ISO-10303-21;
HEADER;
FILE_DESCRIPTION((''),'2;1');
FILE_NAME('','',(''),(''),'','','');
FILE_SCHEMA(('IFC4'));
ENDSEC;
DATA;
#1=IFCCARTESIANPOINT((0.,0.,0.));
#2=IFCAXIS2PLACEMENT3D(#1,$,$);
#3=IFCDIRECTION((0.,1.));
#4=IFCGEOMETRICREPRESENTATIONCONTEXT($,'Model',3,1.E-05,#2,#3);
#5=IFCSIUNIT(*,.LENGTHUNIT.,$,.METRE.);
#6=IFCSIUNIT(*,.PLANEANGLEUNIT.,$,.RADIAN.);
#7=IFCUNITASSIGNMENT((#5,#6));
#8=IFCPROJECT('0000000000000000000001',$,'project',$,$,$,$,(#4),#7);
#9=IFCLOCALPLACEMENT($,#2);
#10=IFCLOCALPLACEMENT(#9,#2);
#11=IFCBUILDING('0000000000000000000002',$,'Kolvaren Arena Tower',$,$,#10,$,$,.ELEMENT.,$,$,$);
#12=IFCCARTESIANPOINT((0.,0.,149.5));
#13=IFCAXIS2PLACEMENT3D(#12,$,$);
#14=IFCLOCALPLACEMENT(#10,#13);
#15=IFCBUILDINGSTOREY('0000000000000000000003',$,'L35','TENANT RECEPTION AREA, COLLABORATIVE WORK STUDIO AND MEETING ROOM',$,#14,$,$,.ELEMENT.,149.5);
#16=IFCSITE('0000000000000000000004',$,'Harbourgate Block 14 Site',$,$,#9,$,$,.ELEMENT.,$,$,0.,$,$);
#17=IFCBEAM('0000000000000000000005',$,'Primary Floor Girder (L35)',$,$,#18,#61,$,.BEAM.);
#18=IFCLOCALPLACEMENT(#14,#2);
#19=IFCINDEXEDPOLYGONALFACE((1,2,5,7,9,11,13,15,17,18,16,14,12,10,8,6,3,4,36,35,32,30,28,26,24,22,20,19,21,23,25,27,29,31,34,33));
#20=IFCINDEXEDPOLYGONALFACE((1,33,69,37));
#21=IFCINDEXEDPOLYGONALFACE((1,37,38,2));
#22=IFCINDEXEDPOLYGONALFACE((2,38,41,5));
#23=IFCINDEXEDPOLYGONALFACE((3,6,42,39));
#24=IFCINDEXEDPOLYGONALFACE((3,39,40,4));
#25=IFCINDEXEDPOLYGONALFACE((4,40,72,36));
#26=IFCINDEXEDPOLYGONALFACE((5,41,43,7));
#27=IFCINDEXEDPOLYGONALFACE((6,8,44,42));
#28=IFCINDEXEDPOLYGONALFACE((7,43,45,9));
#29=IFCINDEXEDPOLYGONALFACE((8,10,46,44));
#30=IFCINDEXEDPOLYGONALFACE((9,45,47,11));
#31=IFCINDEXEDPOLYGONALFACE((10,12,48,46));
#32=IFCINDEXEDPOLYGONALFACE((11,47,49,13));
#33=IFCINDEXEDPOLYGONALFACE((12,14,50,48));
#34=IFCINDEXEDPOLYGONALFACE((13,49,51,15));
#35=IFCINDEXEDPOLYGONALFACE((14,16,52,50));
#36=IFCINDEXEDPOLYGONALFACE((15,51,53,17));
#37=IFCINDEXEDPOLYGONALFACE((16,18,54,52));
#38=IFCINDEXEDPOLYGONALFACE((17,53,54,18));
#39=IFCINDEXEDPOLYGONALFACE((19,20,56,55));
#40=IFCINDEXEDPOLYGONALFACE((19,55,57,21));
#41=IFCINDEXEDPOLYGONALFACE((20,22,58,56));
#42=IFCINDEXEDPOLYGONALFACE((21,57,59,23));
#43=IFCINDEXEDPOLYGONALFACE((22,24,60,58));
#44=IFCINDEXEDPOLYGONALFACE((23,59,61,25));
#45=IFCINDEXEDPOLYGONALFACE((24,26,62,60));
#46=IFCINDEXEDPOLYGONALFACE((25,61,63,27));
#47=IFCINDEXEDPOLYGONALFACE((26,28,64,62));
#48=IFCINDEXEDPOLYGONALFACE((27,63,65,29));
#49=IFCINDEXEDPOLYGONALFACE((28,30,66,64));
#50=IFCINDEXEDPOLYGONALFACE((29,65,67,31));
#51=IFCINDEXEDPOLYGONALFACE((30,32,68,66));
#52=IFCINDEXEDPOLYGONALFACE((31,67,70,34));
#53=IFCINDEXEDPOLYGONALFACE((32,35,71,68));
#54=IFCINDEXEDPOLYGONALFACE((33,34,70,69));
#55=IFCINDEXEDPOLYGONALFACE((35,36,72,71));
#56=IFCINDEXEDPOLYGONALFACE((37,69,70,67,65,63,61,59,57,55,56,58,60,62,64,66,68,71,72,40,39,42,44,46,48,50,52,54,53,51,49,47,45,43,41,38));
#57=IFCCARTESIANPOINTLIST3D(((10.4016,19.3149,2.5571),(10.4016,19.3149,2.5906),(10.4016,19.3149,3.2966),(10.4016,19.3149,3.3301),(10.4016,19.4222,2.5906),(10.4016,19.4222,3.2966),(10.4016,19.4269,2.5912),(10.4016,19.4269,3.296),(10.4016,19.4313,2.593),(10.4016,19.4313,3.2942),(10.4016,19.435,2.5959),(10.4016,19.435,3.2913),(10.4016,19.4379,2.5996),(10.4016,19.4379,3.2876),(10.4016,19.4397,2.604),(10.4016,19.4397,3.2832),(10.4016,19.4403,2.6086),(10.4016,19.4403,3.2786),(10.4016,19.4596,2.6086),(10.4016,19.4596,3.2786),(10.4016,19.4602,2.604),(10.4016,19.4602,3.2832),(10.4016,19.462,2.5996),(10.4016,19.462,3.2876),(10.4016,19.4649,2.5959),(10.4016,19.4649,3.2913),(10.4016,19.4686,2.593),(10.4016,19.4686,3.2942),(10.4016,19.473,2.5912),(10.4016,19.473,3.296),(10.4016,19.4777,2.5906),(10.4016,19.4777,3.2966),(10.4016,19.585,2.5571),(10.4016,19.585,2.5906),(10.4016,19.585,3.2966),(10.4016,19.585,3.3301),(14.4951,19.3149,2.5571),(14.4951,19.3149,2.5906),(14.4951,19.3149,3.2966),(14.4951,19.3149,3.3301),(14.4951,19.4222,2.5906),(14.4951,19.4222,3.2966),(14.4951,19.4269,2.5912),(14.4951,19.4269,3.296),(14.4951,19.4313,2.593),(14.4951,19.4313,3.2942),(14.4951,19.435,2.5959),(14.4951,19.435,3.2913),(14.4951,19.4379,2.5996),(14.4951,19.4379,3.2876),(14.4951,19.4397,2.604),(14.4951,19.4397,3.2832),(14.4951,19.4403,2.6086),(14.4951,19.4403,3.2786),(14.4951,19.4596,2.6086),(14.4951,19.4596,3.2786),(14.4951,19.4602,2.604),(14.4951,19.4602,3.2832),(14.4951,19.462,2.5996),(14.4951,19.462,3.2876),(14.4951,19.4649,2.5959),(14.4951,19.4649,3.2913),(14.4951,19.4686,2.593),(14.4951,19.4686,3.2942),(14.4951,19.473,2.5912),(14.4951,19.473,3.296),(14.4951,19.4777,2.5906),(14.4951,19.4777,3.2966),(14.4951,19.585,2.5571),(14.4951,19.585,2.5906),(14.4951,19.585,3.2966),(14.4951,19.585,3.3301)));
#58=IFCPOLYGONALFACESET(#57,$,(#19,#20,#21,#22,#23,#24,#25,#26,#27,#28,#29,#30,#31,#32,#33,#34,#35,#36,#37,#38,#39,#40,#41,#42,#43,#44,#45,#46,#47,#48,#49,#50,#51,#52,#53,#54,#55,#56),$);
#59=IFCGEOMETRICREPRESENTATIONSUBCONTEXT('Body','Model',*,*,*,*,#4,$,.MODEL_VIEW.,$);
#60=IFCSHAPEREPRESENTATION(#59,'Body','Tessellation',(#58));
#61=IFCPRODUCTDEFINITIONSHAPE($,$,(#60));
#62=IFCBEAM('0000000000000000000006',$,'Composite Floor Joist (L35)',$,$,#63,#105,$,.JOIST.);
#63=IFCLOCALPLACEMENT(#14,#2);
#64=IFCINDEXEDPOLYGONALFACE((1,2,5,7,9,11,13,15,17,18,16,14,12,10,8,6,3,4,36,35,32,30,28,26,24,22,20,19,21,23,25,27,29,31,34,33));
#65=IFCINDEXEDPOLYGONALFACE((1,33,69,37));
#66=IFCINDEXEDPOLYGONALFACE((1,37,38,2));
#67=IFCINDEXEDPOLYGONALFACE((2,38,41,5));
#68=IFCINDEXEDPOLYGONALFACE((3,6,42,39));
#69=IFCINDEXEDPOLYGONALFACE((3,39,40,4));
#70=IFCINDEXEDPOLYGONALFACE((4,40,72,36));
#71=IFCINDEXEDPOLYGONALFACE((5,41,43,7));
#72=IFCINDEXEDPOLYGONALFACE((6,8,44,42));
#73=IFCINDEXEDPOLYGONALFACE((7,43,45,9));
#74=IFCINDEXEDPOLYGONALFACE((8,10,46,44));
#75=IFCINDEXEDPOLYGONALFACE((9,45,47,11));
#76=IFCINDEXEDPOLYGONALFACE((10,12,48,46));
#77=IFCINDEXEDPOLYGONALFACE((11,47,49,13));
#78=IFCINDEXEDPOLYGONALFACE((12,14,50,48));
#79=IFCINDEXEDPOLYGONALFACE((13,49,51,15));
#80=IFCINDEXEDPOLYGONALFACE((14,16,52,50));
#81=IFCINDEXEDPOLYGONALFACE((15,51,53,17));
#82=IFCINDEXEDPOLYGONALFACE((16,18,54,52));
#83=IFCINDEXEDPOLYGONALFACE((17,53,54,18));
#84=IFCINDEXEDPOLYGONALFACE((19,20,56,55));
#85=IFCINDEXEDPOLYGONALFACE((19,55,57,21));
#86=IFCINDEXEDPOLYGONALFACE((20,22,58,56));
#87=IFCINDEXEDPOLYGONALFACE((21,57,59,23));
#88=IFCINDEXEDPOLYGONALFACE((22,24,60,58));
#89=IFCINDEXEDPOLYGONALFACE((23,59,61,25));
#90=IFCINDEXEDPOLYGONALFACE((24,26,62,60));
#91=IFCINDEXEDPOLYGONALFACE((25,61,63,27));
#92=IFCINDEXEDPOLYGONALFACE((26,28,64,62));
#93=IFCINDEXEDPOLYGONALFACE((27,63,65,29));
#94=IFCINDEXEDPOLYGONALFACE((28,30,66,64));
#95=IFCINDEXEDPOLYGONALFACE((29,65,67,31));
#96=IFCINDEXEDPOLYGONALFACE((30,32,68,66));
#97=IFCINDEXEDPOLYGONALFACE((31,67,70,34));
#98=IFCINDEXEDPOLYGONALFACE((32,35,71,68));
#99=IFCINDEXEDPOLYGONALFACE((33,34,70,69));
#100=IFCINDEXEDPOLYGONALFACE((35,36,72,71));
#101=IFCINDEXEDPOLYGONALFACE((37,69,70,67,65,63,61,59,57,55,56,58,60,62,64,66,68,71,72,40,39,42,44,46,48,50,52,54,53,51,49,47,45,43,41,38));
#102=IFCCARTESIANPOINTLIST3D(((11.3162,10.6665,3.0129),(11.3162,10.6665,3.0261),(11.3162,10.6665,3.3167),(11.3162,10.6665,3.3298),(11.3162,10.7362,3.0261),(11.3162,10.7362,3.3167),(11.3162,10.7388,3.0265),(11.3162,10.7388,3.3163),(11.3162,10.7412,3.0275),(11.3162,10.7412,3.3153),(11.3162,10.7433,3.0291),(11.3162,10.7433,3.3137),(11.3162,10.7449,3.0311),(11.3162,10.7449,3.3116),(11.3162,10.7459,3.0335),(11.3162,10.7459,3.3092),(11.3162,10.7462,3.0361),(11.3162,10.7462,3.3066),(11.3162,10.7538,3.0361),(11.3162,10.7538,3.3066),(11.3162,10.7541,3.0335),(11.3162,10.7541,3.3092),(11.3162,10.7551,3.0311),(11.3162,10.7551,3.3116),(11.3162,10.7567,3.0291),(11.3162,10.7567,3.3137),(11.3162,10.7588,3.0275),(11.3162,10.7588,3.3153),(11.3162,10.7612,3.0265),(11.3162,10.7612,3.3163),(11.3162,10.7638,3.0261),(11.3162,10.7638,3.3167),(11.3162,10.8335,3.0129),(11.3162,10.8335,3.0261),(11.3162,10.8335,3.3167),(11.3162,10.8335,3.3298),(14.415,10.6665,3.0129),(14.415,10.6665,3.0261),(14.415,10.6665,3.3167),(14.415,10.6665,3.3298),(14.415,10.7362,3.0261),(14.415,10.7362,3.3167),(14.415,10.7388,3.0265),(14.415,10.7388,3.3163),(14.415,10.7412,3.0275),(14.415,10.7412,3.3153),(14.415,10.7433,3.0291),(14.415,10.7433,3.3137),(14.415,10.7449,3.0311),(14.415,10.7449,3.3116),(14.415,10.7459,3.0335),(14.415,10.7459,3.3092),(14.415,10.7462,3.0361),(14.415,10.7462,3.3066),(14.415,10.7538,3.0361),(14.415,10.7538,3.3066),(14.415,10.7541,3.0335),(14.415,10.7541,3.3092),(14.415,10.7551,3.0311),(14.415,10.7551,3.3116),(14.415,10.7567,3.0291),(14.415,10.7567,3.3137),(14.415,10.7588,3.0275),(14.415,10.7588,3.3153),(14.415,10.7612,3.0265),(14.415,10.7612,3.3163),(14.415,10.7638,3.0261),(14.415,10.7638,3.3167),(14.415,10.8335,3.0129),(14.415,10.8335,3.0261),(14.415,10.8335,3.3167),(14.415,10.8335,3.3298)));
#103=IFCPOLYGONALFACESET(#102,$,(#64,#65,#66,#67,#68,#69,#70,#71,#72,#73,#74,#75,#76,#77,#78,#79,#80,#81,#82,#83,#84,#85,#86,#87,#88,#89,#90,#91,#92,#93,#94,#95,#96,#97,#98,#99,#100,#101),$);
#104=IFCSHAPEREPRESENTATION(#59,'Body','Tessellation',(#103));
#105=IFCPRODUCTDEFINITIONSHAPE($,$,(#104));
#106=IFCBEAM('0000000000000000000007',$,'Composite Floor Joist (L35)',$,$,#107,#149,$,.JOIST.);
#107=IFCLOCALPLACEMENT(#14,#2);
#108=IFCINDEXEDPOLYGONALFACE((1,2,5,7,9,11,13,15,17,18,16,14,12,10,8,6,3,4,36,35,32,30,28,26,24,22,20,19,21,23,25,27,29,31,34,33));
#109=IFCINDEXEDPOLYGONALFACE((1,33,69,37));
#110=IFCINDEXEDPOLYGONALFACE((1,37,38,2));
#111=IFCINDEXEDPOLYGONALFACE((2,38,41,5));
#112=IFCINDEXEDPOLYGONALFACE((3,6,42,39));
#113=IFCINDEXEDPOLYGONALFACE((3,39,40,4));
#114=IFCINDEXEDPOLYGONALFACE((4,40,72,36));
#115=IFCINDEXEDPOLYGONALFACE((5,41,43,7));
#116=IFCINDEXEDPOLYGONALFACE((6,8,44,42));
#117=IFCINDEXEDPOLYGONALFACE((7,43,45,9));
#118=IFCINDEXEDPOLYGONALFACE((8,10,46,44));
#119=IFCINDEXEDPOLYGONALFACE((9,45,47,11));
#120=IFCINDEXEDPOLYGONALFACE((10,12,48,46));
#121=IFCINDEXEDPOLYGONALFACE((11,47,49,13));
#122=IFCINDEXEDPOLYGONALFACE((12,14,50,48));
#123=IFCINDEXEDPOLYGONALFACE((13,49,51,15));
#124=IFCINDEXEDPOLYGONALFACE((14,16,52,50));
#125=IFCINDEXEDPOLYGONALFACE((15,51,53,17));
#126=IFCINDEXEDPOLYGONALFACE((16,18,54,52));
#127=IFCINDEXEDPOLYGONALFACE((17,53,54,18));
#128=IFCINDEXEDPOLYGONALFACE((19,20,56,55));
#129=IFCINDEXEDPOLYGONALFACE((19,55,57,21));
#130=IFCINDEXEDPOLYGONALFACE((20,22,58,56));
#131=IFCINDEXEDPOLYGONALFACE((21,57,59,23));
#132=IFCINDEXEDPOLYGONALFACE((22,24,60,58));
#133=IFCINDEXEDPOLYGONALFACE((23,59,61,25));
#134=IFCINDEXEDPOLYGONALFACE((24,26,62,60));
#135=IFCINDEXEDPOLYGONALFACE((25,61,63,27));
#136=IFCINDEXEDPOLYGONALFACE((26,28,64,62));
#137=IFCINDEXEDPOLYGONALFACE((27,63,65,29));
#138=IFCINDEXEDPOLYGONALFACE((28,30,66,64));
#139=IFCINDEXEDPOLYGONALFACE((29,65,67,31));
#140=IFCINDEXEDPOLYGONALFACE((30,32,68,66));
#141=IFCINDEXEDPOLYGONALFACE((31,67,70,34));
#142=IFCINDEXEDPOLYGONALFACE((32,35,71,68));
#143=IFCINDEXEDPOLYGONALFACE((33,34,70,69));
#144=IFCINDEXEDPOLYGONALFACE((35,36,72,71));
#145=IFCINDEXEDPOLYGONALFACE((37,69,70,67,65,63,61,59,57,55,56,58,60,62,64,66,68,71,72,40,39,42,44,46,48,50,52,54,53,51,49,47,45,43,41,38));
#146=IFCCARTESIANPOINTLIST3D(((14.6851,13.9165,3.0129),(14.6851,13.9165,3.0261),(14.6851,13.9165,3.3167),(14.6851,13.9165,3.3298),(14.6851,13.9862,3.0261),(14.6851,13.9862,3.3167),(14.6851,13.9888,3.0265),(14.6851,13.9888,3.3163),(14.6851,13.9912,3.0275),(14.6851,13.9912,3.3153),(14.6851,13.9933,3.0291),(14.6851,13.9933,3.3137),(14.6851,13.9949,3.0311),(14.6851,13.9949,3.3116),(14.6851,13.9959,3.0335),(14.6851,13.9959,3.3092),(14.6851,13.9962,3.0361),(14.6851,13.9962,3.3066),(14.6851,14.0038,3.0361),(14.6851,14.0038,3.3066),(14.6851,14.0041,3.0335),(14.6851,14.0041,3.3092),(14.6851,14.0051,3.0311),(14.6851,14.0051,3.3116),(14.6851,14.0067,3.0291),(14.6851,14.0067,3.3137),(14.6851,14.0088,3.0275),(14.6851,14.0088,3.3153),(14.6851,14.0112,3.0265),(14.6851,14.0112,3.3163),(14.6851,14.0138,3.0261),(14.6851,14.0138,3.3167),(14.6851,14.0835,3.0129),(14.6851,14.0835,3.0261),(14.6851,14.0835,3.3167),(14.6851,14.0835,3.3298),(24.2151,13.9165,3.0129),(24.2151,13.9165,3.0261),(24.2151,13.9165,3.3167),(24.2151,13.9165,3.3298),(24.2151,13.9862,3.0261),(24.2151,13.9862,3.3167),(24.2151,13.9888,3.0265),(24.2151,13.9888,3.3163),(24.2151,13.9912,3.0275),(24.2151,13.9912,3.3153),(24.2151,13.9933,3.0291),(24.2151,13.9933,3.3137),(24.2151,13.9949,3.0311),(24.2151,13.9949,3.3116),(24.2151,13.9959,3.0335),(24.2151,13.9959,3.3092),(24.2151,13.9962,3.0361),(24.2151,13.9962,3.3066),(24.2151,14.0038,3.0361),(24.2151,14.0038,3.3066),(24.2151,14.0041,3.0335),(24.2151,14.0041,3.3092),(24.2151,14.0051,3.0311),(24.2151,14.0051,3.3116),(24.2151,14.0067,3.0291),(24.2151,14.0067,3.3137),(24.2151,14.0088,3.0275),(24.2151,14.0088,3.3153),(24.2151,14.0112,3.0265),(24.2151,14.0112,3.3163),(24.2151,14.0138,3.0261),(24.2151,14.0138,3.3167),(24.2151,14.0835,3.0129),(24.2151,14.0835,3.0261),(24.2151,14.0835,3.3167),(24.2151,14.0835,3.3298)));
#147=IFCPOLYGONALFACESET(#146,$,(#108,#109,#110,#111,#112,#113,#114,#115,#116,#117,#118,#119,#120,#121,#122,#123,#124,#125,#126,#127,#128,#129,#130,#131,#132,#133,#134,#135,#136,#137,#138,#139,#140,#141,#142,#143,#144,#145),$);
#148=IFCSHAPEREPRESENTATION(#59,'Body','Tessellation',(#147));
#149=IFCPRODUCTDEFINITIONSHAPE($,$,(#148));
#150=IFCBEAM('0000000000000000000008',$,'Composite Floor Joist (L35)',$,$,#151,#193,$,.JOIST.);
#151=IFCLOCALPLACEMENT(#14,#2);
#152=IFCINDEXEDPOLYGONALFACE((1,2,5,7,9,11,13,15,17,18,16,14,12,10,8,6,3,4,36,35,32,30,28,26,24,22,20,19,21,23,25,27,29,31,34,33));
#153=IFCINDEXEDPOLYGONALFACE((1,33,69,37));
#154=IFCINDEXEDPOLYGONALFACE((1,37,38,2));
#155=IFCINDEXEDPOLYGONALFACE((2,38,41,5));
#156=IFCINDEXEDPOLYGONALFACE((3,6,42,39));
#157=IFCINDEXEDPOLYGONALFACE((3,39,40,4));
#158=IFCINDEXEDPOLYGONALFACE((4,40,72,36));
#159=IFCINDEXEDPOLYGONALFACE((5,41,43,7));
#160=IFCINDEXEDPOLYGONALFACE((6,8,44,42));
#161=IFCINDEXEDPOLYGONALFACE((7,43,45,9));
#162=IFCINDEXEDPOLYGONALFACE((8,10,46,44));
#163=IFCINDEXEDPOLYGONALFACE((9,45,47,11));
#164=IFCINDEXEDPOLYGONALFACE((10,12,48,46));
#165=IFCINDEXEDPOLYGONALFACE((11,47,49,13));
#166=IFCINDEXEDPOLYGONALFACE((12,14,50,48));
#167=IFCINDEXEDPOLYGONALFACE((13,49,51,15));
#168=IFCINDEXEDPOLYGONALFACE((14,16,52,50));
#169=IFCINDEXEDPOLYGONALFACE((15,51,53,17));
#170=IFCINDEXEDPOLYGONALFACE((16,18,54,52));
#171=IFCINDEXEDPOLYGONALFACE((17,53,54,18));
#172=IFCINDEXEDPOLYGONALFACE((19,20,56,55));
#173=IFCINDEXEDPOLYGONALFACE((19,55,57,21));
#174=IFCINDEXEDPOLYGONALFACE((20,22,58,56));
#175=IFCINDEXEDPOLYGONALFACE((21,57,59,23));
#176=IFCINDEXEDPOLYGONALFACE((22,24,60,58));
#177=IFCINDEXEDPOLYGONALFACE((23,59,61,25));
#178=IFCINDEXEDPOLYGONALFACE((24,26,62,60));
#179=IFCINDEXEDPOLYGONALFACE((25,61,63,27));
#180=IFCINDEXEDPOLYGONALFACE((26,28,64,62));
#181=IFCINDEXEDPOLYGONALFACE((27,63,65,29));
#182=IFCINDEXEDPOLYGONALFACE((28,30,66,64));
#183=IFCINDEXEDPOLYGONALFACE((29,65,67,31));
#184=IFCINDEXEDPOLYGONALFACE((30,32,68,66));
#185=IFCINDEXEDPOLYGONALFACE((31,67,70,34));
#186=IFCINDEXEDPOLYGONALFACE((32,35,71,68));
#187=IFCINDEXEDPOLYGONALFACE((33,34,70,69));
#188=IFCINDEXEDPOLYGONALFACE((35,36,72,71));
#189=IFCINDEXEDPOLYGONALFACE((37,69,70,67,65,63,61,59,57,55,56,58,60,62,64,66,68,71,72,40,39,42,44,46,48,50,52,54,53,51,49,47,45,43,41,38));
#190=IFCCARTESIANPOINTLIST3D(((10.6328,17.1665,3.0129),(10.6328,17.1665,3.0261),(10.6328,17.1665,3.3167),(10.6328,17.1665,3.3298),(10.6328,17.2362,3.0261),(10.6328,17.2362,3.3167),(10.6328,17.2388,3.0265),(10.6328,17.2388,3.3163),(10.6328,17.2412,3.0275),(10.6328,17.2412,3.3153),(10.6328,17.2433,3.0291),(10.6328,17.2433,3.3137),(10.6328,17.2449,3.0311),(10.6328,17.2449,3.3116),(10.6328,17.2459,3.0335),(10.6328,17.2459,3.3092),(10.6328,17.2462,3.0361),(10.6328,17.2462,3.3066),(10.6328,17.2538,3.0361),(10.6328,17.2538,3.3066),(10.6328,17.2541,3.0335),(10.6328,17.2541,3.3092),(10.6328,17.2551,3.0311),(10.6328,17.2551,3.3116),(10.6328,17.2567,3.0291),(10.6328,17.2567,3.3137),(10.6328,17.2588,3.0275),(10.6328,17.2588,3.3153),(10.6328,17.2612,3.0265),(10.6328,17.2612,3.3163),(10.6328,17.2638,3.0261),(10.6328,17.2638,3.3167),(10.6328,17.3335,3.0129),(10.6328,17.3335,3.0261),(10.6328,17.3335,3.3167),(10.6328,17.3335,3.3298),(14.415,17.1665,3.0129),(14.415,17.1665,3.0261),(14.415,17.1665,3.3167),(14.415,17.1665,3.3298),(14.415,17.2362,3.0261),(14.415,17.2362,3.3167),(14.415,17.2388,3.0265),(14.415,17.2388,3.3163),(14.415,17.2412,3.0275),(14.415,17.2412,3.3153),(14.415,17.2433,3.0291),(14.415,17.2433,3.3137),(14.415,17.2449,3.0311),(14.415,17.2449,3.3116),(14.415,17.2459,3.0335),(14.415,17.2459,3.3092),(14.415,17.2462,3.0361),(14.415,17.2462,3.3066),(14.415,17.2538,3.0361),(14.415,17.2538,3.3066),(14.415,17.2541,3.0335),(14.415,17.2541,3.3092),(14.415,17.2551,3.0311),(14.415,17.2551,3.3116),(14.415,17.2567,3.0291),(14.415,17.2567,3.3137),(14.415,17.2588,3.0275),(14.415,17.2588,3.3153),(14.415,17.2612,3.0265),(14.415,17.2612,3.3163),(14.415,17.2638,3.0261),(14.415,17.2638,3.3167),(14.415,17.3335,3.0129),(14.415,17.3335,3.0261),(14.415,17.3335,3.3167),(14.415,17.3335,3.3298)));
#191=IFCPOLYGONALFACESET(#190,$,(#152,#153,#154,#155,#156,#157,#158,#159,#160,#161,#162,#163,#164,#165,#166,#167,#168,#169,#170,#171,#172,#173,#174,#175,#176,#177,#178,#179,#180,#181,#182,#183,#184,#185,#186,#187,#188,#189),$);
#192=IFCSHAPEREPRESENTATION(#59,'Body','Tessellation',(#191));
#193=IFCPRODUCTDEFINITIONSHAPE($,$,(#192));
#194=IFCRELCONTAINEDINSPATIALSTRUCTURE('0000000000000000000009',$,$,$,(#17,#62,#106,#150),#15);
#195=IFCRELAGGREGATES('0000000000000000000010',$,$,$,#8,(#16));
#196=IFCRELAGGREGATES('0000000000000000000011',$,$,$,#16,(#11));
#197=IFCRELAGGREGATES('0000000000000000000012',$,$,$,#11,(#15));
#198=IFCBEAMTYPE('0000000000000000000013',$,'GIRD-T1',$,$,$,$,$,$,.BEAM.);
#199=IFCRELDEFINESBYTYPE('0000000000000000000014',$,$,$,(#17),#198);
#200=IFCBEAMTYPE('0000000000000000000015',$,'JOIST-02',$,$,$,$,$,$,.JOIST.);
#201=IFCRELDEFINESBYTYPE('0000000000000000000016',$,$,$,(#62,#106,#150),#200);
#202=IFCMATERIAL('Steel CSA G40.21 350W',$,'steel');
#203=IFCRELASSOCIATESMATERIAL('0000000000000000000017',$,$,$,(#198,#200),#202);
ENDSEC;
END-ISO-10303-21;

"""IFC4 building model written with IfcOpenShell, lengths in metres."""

from ifc_helpers import new_model, si_unit, direction, frame, origin, origin_2d, place, context, subcontext, project, spatial, i_section, extrude, material, material_profile, profile_set, type_object, element, save


model = new_model("IFC4")

# Units and contexts
model_context = context("Model", 3, precision=1e-05, world=origin(), true_north=direction((0.0, 1.0)))
body_context = subcontext(model_context, "Body", "Model", "MODEL_VIEW")
ifc_project = project(units=[si_unit("LENGTHUNIT", "METRE"), si_unit("PLANEANGLEUNIT", "RADIAN")], contexts=[model_context])

# Site, building, storey
site_placement = place(None, origin())
site = spatial("IfcSite", under=ifc_project, at=site_placement, Name="Harbourgate Block 14 Site", CompositionType="ELEMENT", RefElevation=0.0)
building_placement = place(site_placement, origin())
building = spatial("IfcBuilding", under=site, at=building_placement, Name="Kolvaren Arena Tower", CompositionType="ELEMENT")
storey_placement = place(building_placement, frame((0.0, 0.0, 149.5)))
storey = spatial("IfcBuildingStorey", under=building, at=storey_placement, Name="L35", Description="TENANT RECEPTION AREA, COLLABORATIVE WORK STUDIO AND MEETING ROOM", CompositionType="ELEMENT", Elevation=149.5)

# Beams
ifc_material_1 = material(Name="Steel CSA G40.21 350W", Category="steel")
ifc_material_profile_1 = material_profile(ifc_material_1, i_section(OverallWidth=0.27, OverallDepth=0.7729, WebThickness=0.0193, FlangeThickness=0.0334, FilletRadius=0.0181, at=origin_2d()), Name="W760x257")
ifc_profile_set_1 = profile_set([ifc_material_profile_1], Name="Steel CSA G40.21 350W")
beam_type_1 = type_object("IfcBeamType", Name="GIRD-T1", PredefinedType="BEAM", material=ifc_profile_set_1)
beam_1_placement = place(storey_placement, frame((10.4016, 19.45, 2.9436), z_axis=(1.0, 0.0, 0.0), x_axis=(0.0, 1.0, 0.0)))
element("IfcBeam", 1, at=beam_1_placement, inside=storey, type_object=beam_type_1, Name="Primary Floor Girder (L35)", PredefinedType="BEAM", context=body_context, shape_type="SweptSolid", body=[
    extrude(i_section(OverallWidth=0.27, OverallDepth=0.7729, WebThickness=0.0193, FlangeThickness=0.0334, FilletRadius=0.0181, at=origin_2d()), origin(), (0.0, 0.0, 1.0), 4.0935),
])
ifc_material_profile_2 = material_profile(ifc_material_1, i_section(OverallWidth=0.167, OverallDepth=0.3169, WebThickness=0.0076, FlangeThickness=0.0132, FilletRadius=0.01, at=origin_2d()), Name="W310x52")
ifc_profile_set_2 = profile_set([ifc_material_profile_2], Name="Steel CSA G40.21 350W")
beam_type_2 = type_object("IfcBeamType", Name="JOIST-02", PredefinedType="JOIST", material=ifc_profile_set_2)
beam_2_placement = place(storey_placement, frame((11.3162, 10.75, 3.1714), z_axis=(1.0, 0.0, 0.0), x_axis=(0.0, 1.0, 0.0)))
element("IfcBeam", 2, at=beam_2_placement, inside=storey, type_object=beam_type_2, Name="Composite Floor Joist (L35)", PredefinedType="JOIST", context=body_context, shape_type="SweptSolid", body=[
    extrude(i_section(OverallWidth=0.167, OverallDepth=0.3169, WebThickness=0.0076, FlangeThickness=0.0132, FilletRadius=0.01, at=origin_2d()), origin(), (0.0, 0.0, 1.0), 3.0989),
])
beam_3_placement = place(storey_placement, frame((14.6851, 14.0, 3.1714), z_axis=(1.0, 0.0, 0.0), x_axis=(0.0, 1.0, 0.0)))
element("IfcBeam", 3, at=beam_3_placement, inside=storey, type_object=beam_type_2, Name="Composite Floor Joist (L35)", PredefinedType="JOIST", context=body_context, shape_type="SweptSolid", body=[
    extrude(i_section(OverallWidth=0.167, OverallDepth=0.3169, WebThickness=0.0076, FlangeThickness=0.0132, FilletRadius=0.01, at=origin_2d()), origin(), (0.0, 0.0, 1.0), 9.53),
])
beam_4_placement = place(storey_placement, frame((10.6328, 17.25, 3.1714), z_axis=(1.0, 0.0, 0.0), x_axis=(0.0, 1.0, 0.0)))
element("IfcBeam", 4, at=beam_4_placement, inside=storey, type_object=beam_type_2, Name="Composite Floor Joist (L35)", PredefinedType="JOIST", context=body_context, shape_type="SweptSolid", body=[
    extrude(i_section(OverallWidth=0.167, OverallDepth=0.3169, WebThickness=0.0076, FlangeThickness=0.0132, FilletRadius=0.01, at=origin_2d()), origin(), (0.0, 0.0, 1.0), 3.7822),
])

save(model, "model.ifc")
